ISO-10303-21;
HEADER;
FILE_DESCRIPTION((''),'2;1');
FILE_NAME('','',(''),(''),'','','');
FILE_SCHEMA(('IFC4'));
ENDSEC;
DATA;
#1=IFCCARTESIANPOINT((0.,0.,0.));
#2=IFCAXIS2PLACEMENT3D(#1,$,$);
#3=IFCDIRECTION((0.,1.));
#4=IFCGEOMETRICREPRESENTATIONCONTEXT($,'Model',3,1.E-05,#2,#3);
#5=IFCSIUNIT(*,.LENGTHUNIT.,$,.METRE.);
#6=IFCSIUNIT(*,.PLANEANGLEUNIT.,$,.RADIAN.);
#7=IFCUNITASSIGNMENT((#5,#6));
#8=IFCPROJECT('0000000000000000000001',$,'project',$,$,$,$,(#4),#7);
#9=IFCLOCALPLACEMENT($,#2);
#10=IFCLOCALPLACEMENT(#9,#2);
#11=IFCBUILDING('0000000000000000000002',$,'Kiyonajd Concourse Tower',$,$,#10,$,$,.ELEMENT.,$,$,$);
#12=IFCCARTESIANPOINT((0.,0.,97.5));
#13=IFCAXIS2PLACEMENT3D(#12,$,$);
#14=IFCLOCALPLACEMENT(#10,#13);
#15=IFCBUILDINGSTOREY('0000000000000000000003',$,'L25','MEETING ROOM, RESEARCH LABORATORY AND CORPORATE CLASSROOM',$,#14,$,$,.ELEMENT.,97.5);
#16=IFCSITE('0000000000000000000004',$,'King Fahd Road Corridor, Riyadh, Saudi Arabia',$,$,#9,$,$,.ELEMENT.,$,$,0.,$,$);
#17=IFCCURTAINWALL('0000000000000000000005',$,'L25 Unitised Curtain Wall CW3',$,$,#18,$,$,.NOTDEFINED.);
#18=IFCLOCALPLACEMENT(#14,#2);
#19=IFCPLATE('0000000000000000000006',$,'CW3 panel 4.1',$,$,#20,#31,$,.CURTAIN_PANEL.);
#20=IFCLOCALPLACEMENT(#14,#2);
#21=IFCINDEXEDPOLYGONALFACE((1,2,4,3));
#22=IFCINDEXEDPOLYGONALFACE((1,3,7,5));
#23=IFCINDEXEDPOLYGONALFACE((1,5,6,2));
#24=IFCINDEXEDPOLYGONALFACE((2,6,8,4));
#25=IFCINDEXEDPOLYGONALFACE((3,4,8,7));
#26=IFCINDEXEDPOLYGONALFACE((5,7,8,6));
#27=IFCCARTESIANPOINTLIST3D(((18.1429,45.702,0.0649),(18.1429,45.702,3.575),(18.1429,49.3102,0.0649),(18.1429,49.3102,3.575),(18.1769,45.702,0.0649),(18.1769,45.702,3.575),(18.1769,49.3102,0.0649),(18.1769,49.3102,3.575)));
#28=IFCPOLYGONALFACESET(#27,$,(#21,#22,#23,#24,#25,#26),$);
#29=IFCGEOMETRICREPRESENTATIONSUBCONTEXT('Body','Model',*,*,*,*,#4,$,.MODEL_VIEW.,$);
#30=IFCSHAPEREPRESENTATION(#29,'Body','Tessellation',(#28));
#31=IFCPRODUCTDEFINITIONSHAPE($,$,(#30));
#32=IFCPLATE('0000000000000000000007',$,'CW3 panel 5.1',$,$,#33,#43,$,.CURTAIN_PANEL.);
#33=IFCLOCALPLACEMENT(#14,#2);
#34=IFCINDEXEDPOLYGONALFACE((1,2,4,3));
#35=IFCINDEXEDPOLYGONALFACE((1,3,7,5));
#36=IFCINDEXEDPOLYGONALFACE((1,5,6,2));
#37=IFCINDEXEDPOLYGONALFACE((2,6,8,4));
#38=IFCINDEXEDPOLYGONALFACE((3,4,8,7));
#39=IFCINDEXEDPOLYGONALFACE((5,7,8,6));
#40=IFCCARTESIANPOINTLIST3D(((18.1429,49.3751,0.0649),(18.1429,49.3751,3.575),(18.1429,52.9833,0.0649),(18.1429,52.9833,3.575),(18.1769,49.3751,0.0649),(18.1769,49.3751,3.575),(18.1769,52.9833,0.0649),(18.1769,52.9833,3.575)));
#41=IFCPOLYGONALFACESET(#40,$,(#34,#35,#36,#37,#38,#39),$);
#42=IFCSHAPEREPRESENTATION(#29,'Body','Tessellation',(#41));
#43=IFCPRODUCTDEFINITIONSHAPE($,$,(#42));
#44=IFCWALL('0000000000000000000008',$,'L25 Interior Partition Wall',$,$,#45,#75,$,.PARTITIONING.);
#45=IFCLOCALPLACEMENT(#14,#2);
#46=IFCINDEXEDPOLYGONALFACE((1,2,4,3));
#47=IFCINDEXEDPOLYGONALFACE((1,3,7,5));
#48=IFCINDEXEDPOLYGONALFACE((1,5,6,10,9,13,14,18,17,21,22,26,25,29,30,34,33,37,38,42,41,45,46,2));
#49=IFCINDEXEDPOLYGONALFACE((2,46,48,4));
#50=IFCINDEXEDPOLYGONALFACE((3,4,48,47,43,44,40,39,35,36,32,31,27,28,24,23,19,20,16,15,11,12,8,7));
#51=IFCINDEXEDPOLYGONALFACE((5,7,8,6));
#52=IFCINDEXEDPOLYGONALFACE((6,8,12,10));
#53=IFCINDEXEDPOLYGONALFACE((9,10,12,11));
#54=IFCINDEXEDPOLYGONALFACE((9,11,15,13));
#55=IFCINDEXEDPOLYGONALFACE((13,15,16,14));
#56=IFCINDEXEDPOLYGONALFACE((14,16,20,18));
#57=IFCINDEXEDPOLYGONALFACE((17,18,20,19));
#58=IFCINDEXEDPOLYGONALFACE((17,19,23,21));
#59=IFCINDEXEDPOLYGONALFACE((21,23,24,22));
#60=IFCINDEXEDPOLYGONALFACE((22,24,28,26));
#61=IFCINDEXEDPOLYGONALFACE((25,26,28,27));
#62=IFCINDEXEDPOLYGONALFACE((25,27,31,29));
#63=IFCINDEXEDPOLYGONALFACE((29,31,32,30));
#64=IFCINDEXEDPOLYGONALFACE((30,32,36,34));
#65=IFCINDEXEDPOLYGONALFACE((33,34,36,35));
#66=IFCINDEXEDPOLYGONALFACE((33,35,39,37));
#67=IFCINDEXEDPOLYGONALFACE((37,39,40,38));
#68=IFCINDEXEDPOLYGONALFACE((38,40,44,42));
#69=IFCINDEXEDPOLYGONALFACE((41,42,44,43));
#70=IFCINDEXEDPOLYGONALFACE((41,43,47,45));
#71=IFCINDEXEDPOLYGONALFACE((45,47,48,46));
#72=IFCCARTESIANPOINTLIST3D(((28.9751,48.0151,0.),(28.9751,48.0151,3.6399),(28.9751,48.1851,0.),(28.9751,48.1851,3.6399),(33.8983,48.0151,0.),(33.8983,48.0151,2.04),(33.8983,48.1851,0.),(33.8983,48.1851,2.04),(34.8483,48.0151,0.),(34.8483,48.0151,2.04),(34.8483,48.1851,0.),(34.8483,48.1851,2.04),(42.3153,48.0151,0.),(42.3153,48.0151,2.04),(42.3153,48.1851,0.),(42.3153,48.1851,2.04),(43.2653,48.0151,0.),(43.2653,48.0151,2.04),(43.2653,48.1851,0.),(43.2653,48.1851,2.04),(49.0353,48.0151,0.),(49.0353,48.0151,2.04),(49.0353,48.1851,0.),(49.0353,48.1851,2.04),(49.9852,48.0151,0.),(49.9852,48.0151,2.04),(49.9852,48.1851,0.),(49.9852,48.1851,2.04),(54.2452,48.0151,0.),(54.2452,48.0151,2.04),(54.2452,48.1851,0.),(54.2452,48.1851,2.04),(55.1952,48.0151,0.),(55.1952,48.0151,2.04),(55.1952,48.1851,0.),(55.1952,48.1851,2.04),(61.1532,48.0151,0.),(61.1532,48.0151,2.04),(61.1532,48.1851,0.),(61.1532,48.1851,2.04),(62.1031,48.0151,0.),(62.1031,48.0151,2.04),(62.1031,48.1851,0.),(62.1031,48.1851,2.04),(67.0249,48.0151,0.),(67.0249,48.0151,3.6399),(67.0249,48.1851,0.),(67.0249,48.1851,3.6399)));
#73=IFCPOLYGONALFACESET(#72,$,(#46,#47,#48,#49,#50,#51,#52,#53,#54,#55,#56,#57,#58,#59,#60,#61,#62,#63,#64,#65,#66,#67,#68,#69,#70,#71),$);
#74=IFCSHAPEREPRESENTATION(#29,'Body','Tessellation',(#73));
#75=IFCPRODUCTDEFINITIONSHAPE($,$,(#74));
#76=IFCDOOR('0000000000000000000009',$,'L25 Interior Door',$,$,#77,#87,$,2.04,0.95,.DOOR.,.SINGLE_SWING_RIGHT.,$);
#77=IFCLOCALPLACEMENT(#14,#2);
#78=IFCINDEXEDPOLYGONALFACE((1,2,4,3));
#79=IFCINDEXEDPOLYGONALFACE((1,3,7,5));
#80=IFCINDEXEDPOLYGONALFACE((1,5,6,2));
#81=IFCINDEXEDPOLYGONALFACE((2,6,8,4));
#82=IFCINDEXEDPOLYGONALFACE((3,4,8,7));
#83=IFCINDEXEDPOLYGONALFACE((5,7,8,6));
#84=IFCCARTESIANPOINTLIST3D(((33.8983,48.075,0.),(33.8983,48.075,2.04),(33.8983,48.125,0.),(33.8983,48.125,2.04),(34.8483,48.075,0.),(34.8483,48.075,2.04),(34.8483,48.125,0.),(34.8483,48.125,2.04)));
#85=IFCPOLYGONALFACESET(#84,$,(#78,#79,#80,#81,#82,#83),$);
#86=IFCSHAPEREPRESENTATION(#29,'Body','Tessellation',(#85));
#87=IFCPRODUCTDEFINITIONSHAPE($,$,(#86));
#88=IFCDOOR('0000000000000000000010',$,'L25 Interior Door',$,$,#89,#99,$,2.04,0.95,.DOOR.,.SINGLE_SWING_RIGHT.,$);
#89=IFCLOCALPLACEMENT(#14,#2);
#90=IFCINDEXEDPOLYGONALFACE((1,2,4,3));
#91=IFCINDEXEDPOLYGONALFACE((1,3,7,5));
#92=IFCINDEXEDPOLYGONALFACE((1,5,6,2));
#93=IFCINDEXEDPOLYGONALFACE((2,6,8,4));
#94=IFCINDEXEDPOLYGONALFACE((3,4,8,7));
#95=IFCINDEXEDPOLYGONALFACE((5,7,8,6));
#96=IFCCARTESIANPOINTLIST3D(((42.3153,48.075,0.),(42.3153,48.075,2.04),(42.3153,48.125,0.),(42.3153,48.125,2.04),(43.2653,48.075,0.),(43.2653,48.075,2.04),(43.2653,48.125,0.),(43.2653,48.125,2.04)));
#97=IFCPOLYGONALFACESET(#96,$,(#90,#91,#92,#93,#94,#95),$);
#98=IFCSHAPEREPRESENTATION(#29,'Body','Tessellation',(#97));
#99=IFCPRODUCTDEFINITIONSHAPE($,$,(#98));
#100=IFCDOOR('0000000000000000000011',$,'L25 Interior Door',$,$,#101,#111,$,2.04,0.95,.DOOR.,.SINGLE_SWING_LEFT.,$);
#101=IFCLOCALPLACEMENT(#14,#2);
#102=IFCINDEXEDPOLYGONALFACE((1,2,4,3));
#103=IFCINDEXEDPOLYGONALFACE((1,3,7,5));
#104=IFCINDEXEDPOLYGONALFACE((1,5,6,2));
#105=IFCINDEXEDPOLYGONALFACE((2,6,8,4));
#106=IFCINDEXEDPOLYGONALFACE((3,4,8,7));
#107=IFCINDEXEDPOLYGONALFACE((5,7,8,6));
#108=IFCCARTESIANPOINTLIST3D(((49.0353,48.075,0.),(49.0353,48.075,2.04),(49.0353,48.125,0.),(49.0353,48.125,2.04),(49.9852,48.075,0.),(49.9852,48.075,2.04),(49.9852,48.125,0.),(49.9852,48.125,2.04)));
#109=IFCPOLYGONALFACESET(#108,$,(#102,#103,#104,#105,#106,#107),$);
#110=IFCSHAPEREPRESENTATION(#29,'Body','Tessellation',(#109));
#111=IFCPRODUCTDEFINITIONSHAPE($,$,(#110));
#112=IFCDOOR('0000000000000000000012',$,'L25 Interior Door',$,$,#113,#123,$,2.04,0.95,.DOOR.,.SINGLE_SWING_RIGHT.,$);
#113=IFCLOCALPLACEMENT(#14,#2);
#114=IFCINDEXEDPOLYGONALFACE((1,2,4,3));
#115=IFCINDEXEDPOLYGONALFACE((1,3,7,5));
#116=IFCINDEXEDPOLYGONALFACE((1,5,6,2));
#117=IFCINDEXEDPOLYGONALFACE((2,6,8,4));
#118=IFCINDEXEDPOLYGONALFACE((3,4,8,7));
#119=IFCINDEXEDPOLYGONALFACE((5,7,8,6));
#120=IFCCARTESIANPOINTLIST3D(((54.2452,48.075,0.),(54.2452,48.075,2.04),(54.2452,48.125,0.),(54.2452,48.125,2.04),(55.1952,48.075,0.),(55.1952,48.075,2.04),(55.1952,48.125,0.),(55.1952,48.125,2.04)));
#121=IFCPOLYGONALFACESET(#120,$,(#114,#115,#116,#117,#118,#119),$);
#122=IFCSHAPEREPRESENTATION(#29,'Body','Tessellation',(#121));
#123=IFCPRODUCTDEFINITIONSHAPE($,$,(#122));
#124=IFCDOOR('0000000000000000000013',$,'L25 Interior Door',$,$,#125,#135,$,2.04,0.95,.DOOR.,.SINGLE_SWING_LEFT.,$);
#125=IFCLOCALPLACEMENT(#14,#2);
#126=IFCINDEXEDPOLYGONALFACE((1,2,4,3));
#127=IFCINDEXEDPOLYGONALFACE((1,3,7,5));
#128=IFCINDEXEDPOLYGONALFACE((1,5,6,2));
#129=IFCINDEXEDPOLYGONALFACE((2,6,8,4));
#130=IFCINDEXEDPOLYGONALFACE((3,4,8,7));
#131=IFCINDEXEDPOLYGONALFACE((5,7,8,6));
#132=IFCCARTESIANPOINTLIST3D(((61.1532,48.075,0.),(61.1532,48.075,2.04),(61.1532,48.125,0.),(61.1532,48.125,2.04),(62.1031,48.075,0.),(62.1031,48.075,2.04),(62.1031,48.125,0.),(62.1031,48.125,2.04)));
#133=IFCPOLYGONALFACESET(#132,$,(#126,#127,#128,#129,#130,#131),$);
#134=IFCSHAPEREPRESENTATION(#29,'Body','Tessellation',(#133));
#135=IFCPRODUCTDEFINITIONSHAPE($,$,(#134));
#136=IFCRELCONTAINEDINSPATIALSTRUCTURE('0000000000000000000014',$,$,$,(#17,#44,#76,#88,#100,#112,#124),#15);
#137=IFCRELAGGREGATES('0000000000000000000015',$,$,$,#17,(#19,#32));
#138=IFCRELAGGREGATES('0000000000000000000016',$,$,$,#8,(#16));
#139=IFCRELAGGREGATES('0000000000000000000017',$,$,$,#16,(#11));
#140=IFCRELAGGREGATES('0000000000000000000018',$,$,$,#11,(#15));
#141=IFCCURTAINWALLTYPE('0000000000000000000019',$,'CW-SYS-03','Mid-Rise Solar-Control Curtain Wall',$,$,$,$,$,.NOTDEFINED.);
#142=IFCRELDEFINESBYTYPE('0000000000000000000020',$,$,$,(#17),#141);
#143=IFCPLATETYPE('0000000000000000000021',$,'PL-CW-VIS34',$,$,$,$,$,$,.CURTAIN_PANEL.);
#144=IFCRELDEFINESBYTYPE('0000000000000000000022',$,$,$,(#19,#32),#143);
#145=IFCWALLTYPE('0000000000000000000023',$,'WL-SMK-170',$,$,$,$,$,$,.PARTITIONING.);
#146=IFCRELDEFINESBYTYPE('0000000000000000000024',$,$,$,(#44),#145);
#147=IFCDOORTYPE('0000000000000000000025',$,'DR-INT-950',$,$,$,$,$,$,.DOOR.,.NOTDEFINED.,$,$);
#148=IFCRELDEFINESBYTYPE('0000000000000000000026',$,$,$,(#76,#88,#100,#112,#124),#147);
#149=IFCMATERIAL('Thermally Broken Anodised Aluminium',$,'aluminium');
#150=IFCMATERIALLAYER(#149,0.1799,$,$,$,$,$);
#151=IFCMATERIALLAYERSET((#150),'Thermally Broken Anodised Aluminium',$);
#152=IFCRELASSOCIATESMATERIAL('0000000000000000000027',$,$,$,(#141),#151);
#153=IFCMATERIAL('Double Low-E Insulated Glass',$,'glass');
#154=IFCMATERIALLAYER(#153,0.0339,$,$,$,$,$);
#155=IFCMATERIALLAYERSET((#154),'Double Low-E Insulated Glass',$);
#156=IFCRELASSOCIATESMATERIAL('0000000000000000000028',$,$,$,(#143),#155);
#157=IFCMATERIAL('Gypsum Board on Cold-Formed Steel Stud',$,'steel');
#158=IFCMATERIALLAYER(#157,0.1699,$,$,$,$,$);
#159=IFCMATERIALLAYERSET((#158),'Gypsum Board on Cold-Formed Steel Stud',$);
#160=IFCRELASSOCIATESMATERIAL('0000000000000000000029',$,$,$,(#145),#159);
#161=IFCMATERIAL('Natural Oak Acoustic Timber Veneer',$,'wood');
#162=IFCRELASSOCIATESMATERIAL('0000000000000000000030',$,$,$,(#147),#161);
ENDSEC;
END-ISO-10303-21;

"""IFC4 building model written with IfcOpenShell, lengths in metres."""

from ifc_helpers import new_model, si_unit, direction, frame, frame_2d, origin, origin_2d, place, context, subcontext, project, spatial, rectangle, extrude, material, layer, layer_set, type_object, element, fill, aggregate, save


model = new_model("IFC4")

# Units and contexts
model_context = context("Model", 3, precision=1e-05, world=origin(), true_north=direction((0.0, 1.0)))
body_context = subcontext(model_context, "Body", "Model", "MODEL_VIEW")
ifc_project = project(units=[si_unit("LENGTHUNIT", "METRE"), si_unit("PLANEANGLEUNIT", "RADIAN")], contexts=[model_context])

# Site, building, storey
site_placement = place(None, origin())
site = spatial("IfcSite", under=ifc_project, at=site_placement, Name="King Fahd Road Corridor, Riyadh, Saudi Arabia", CompositionType="ELEMENT", RefElevation=0.0)
building_placement = place(site_placement, origin())
building = spatial("IfcBuilding", under=site, at=building_placement, Name="Kiyonajd Concourse Tower", CompositionType="ELEMENT")
storey_placement = place(building_placement, frame((0.0, 0.0, 97.5)))
storey = spatial("IfcBuildingStorey", under=building, at=storey_placement, Name="L25", Description="MEETING ROOM, RESEARCH LABORATORY AND CORPORATE CLASSROOM", CompositionType="ELEMENT", Elevation=97.5)

# Curtain wall, plates
ifc_material_1 = material(Name="Thermally Broken Anodised Aluminium", Category="aluminium")
ifc_layer_1 = layer(ifc_material_1, 0.1799)
ifc_layer_set_1 = layer_set([ifc_layer_1], Name="Thermally Broken Anodised Aluminium")
curtain_wall_type = type_object("IfcCurtainWallType", Name="CW-SYS-03", Description="Mid-Rise Solar-Control Curtain Wall", PredefinedType="NOTDEFINED", material=ifc_layer_set_1)
curtain_wall_placement = place(storey_placement, origin())
curtain_wall = element("IfcCurtainWall", 1, at=curtain_wall_placement, inside=storey, type_object=curtain_wall_type, Name="L25 Unitised Curtain Wall CW3", PredefinedType="NOTDEFINED")
ifc_material_2 = material(Name="Double Low-E Insulated Glass", Category="glass")
ifc_layer_2 = layer(ifc_material_2, 0.0339)
ifc_layer_set_2 = layer_set([ifc_layer_2], Name="Double Low-E Insulated Glass")
plate_type = type_object("IfcPlateType", Name="PL-CW-VIS34", PredefinedType="CURTAIN_PANEL", material=ifc_layer_set_2)
plate_1_placement = place(storey_placement, frame((18.1599, 47.5061, 0.0649), z_axis=(0.0, 0.0, 1.0), x_axis=(0.0, 1.0, 0.0)))
plate_1 = element("IfcPlate", 2, at=plate_1_placement, type_object=plate_type, Name="CW3 panel 4.1", PredefinedType="CURTAIN_PANEL", context=body_context, shape_type="SweptSolid", body=[
    extrude(rectangle(XDim=3.6082, YDim=0.0339, at=origin_2d()), origin(), (0.0, 0.0, 1.0), 3.51),
])
plate_2_placement = place(storey_placement, frame((18.1599, 51.1792, 0.0649), z_axis=(0.0, 0.0, 1.0), x_axis=(0.0, 1.0, 0.0)))
plate_2 = element("IfcPlate", 3, at=plate_2_placement, type_object=plate_type, Name="CW3 panel 5.1", PredefinedType="CURTAIN_PANEL", context=body_context, shape_type="SweptSolid", body=[
    extrude(rectangle(XDim=3.6082, YDim=0.0339, at=origin_2d()), origin(), (0.0, 0.0, 1.0), 3.51),
])
aggregate(curtain_wall, [plate_1, plate_2])

# Wall, openings, doors
ifc_material_3 = material(Name="Gypsum Board on Cold-Formed Steel Stud", Category="steel")
ifc_layer_3 = layer(ifc_material_3, 0.1699)
ifc_layer_set_3 = layer_set([ifc_layer_3], Name="Gypsum Board on Cold-Formed Steel Stud")
wall_type = type_object("IfcWallType", Name="WL-SMK-170", PredefinedType="PARTITIONING", material=ifc_layer_set_3)
wall_placement = place(storey_placement, frame((28.9751, 48.1001, 0.0), z_axis=(0.0, 0.0, 1.0), x_axis=(1.0, 0.0, 0.0)))
wall = element("IfcWall", 4, at=wall_placement, inside=storey, type_object=wall_type, Name="L25 Interior Partition Wall", PredefinedType="PARTITIONING", context=body_context, shape_type="SweptSolid", body=[
    extrude(rectangle(XDim=38.0498, YDim=0.1699, at=frame_2d((19.0249, 0.0))), origin(), (0.0, 0.0, 1.0), 3.6399),
])
opening_1_placement = place(wall_placement, frame((4.9231, 0.0, 0.0)))
opening_1 = element("IfcOpeningElement", 5, at=opening_1_placement, cuts=wall, PredefinedType="OPENING", context=body_context, shape_type="SweptSolid", body=[
    extrude(rectangle(XDim=0.95, YDim=2.04, at=frame_2d((0.4751, 1.02))), frame((0.0, 0.095, 0.0), z_axis=(0.0, -1.0, 0.0), x_axis=(1.0, 0.0, 0.0)), (0.0, 0.0, 1.0), 0.1899),
])
opening_2_placement = place(wall_placement, frame((13.3401, 0.0, 0.0)))
opening_2 = element("IfcOpeningElement", 6, at=opening_2_placement, cuts=wall, PredefinedType="OPENING", context=body_context, shape_type="SweptSolid", body=[
    extrude(rectangle(XDim=0.95, YDim=2.04, at=frame_2d((0.4751, 1.02))), frame((0.0, 0.095, 0.0), z_axis=(0.0, -1.0, 0.0), x_axis=(1.0, 0.0, 0.0)), (0.0, 0.0, 1.0), 0.1899),
])
opening_3_placement = place(wall_placement, frame((20.0601, 0.0, 0.0)))
opening_3 = element("IfcOpeningElement", 7, at=opening_3_placement, cuts=wall, PredefinedType="OPENING", context=body_context, shape_type="SweptSolid", body=[
    extrude(rectangle(XDim=0.95, YDim=2.04, at=frame_2d((0.4751, 1.02))), frame((0.0, 0.095, 0.0), z_axis=(0.0, -1.0, 0.0), x_axis=(1.0, 0.0, 0.0)), (0.0, 0.0, 1.0), 0.1899),
])
opening_4_placement = place(wall_placement, frame((25.27, 0.0, 0.0)))
opening_4 = element("IfcOpeningElement", 8, at=opening_4_placement, cuts=wall, PredefinedType="OPENING", context=body_context, shape_type="SweptSolid", body=[
    extrude(rectangle(XDim=0.95, YDim=2.04, at=frame_2d((0.4751, 1.02))), frame((0.0, 0.095, 0.0), z_axis=(0.0, -1.0, 0.0), x_axis=(1.0, 0.0, 0.0)), (0.0, 0.0, 1.0), 0.1899),
])
opening_5_placement = place(wall_placement, frame((32.178, 0.0, 0.0)))
opening_5 = element("IfcOpeningElement", 9, at=opening_5_placement, cuts=wall, PredefinedType="OPENING", context=body_context, shape_type="SweptSolid", body=[
    extrude(rectangle(XDim=0.95, YDim=2.04, at=frame_2d((0.4751, 1.02))), frame((0.0, 0.095, 0.0), z_axis=(0.0, -1.0, 0.0), x_axis=(1.0, 0.0, 0.0)), (0.0, 0.0, 1.0), 0.1899),
])
ifc_material_4 = material(Name="Natural Oak Acoustic Timber Veneer", Category="wood")
door_type = type_object("IfcDoorType", Name="DR-INT-950", OperationType="NOTDEFINED", PredefinedType="DOOR", material=ifc_material_4)
door_1_placement = place(opening_1_placement, origin())
door_1 = element("IfcDoor", 10, at=door_1_placement, inside=storey, type_object=door_type, Name="L25 Interior Door", OperationType="SINGLE_SWING_RIGHT", OverallHeight=2.04, OverallWidth=0.95, PredefinedType="DOOR", context=body_context, shape_type="SweptSolid", body=[
    extrude(rectangle(XDim=0.95, YDim=2.04, at=frame_2d((0.4751, 1.02))), frame((0.0, 0.0249, 0.0), z_axis=(0.0, -1.0, 0.0), x_axis=(1.0, 0.0, 0.0)), (0.0, 0.0, 1.0), 0.05),
])
fill(opening_1, door_1)
door_2_placement = place(opening_2_placement, origin())
door_2 = element("IfcDoor", 11, at=door_2_placement, inside=storey, type_object=door_type, Name="L25 Interior Door", OperationType="SINGLE_SWING_RIGHT", OverallHeight=2.04, OverallWidth=0.95, PredefinedType="DOOR", context=body_context, shape_type="SweptSolid", body=[
    extrude(rectangle(XDim=0.95, YDim=2.04, at=frame_2d((0.4751, 1.02))), frame((0.0, 0.0249, 0.0), z_axis=(0.0, -1.0, 0.0), x_axis=(1.0, 0.0, 0.0)), (0.0, 0.0, 1.0), 0.05),
])
fill(opening_2, door_2)
door_3_placement = place(opening_3_placement, origin())
door_3 = element("IfcDoor", 12, at=door_3_placement, inside=storey, type_object=door_type, Name="L25 Interior Door", OperationType="SINGLE_SWING_LEFT", OverallHeight=2.04, OverallWidth=0.95, PredefinedType="DOOR", context=body_context, shape_type="SweptSolid", body=[
    extrude(rectangle(XDim=0.95, YDim=2.04, at=frame_2d((0.4751, 1.02))), frame((0.0, 0.0249, 0.0), z_axis=(0.0, -1.0, 0.0), x_axis=(1.0, 0.0, 0.0)), (0.0, 0.0, 1.0), 0.05),
])
fill(opening_3, door_3)
door_4_placement = place(opening_4_placement, origin())
door_4 = element("IfcDoor", 13, at=door_4_placement, inside=storey, type_object=door_type, Name="L25 Interior Door", OperationType="SINGLE_SWING_RIGHT", OverallHeight=2.04, OverallWidth=0.95, PredefinedType="DOOR", context=body_context, shape_type="SweptSolid", body=[
    extrude(rectangle(XDim=0.95, YDim=2.04, at=frame_2d((0.4751, 1.02))), frame((0.0, 0.0249, 0.0), z_axis=(0.0, -1.0, 0.0), x_axis=(1.0, 0.0, 0.0)), (0.0, 0.0, 1.0), 0.05),
])
fill(opening_4, door_4)
door_5_placement = place(opening_5_placement, origin())
door_5 = element("IfcDoor", 14, at=door_5_placement, inside=storey, type_object=door_type, Name="L25 Interior Door", OperationType="SINGLE_SWING_LEFT", OverallHeight=2.04, OverallWidth=0.95, PredefinedType="DOOR", context=body_context, shape_type="SweptSolid", body=[
    extrude(rectangle(XDim=0.95, YDim=2.04, at=frame_2d((0.4751, 1.02))), frame((0.0, 0.0249, 0.0), z_axis=(0.0, -1.0, 0.0), x_axis=(1.0, 0.0, 0.0)), (0.0, 0.0, 1.0), 0.05),
])
fill(opening_5, door_5)

save(model, "model.ifc")
